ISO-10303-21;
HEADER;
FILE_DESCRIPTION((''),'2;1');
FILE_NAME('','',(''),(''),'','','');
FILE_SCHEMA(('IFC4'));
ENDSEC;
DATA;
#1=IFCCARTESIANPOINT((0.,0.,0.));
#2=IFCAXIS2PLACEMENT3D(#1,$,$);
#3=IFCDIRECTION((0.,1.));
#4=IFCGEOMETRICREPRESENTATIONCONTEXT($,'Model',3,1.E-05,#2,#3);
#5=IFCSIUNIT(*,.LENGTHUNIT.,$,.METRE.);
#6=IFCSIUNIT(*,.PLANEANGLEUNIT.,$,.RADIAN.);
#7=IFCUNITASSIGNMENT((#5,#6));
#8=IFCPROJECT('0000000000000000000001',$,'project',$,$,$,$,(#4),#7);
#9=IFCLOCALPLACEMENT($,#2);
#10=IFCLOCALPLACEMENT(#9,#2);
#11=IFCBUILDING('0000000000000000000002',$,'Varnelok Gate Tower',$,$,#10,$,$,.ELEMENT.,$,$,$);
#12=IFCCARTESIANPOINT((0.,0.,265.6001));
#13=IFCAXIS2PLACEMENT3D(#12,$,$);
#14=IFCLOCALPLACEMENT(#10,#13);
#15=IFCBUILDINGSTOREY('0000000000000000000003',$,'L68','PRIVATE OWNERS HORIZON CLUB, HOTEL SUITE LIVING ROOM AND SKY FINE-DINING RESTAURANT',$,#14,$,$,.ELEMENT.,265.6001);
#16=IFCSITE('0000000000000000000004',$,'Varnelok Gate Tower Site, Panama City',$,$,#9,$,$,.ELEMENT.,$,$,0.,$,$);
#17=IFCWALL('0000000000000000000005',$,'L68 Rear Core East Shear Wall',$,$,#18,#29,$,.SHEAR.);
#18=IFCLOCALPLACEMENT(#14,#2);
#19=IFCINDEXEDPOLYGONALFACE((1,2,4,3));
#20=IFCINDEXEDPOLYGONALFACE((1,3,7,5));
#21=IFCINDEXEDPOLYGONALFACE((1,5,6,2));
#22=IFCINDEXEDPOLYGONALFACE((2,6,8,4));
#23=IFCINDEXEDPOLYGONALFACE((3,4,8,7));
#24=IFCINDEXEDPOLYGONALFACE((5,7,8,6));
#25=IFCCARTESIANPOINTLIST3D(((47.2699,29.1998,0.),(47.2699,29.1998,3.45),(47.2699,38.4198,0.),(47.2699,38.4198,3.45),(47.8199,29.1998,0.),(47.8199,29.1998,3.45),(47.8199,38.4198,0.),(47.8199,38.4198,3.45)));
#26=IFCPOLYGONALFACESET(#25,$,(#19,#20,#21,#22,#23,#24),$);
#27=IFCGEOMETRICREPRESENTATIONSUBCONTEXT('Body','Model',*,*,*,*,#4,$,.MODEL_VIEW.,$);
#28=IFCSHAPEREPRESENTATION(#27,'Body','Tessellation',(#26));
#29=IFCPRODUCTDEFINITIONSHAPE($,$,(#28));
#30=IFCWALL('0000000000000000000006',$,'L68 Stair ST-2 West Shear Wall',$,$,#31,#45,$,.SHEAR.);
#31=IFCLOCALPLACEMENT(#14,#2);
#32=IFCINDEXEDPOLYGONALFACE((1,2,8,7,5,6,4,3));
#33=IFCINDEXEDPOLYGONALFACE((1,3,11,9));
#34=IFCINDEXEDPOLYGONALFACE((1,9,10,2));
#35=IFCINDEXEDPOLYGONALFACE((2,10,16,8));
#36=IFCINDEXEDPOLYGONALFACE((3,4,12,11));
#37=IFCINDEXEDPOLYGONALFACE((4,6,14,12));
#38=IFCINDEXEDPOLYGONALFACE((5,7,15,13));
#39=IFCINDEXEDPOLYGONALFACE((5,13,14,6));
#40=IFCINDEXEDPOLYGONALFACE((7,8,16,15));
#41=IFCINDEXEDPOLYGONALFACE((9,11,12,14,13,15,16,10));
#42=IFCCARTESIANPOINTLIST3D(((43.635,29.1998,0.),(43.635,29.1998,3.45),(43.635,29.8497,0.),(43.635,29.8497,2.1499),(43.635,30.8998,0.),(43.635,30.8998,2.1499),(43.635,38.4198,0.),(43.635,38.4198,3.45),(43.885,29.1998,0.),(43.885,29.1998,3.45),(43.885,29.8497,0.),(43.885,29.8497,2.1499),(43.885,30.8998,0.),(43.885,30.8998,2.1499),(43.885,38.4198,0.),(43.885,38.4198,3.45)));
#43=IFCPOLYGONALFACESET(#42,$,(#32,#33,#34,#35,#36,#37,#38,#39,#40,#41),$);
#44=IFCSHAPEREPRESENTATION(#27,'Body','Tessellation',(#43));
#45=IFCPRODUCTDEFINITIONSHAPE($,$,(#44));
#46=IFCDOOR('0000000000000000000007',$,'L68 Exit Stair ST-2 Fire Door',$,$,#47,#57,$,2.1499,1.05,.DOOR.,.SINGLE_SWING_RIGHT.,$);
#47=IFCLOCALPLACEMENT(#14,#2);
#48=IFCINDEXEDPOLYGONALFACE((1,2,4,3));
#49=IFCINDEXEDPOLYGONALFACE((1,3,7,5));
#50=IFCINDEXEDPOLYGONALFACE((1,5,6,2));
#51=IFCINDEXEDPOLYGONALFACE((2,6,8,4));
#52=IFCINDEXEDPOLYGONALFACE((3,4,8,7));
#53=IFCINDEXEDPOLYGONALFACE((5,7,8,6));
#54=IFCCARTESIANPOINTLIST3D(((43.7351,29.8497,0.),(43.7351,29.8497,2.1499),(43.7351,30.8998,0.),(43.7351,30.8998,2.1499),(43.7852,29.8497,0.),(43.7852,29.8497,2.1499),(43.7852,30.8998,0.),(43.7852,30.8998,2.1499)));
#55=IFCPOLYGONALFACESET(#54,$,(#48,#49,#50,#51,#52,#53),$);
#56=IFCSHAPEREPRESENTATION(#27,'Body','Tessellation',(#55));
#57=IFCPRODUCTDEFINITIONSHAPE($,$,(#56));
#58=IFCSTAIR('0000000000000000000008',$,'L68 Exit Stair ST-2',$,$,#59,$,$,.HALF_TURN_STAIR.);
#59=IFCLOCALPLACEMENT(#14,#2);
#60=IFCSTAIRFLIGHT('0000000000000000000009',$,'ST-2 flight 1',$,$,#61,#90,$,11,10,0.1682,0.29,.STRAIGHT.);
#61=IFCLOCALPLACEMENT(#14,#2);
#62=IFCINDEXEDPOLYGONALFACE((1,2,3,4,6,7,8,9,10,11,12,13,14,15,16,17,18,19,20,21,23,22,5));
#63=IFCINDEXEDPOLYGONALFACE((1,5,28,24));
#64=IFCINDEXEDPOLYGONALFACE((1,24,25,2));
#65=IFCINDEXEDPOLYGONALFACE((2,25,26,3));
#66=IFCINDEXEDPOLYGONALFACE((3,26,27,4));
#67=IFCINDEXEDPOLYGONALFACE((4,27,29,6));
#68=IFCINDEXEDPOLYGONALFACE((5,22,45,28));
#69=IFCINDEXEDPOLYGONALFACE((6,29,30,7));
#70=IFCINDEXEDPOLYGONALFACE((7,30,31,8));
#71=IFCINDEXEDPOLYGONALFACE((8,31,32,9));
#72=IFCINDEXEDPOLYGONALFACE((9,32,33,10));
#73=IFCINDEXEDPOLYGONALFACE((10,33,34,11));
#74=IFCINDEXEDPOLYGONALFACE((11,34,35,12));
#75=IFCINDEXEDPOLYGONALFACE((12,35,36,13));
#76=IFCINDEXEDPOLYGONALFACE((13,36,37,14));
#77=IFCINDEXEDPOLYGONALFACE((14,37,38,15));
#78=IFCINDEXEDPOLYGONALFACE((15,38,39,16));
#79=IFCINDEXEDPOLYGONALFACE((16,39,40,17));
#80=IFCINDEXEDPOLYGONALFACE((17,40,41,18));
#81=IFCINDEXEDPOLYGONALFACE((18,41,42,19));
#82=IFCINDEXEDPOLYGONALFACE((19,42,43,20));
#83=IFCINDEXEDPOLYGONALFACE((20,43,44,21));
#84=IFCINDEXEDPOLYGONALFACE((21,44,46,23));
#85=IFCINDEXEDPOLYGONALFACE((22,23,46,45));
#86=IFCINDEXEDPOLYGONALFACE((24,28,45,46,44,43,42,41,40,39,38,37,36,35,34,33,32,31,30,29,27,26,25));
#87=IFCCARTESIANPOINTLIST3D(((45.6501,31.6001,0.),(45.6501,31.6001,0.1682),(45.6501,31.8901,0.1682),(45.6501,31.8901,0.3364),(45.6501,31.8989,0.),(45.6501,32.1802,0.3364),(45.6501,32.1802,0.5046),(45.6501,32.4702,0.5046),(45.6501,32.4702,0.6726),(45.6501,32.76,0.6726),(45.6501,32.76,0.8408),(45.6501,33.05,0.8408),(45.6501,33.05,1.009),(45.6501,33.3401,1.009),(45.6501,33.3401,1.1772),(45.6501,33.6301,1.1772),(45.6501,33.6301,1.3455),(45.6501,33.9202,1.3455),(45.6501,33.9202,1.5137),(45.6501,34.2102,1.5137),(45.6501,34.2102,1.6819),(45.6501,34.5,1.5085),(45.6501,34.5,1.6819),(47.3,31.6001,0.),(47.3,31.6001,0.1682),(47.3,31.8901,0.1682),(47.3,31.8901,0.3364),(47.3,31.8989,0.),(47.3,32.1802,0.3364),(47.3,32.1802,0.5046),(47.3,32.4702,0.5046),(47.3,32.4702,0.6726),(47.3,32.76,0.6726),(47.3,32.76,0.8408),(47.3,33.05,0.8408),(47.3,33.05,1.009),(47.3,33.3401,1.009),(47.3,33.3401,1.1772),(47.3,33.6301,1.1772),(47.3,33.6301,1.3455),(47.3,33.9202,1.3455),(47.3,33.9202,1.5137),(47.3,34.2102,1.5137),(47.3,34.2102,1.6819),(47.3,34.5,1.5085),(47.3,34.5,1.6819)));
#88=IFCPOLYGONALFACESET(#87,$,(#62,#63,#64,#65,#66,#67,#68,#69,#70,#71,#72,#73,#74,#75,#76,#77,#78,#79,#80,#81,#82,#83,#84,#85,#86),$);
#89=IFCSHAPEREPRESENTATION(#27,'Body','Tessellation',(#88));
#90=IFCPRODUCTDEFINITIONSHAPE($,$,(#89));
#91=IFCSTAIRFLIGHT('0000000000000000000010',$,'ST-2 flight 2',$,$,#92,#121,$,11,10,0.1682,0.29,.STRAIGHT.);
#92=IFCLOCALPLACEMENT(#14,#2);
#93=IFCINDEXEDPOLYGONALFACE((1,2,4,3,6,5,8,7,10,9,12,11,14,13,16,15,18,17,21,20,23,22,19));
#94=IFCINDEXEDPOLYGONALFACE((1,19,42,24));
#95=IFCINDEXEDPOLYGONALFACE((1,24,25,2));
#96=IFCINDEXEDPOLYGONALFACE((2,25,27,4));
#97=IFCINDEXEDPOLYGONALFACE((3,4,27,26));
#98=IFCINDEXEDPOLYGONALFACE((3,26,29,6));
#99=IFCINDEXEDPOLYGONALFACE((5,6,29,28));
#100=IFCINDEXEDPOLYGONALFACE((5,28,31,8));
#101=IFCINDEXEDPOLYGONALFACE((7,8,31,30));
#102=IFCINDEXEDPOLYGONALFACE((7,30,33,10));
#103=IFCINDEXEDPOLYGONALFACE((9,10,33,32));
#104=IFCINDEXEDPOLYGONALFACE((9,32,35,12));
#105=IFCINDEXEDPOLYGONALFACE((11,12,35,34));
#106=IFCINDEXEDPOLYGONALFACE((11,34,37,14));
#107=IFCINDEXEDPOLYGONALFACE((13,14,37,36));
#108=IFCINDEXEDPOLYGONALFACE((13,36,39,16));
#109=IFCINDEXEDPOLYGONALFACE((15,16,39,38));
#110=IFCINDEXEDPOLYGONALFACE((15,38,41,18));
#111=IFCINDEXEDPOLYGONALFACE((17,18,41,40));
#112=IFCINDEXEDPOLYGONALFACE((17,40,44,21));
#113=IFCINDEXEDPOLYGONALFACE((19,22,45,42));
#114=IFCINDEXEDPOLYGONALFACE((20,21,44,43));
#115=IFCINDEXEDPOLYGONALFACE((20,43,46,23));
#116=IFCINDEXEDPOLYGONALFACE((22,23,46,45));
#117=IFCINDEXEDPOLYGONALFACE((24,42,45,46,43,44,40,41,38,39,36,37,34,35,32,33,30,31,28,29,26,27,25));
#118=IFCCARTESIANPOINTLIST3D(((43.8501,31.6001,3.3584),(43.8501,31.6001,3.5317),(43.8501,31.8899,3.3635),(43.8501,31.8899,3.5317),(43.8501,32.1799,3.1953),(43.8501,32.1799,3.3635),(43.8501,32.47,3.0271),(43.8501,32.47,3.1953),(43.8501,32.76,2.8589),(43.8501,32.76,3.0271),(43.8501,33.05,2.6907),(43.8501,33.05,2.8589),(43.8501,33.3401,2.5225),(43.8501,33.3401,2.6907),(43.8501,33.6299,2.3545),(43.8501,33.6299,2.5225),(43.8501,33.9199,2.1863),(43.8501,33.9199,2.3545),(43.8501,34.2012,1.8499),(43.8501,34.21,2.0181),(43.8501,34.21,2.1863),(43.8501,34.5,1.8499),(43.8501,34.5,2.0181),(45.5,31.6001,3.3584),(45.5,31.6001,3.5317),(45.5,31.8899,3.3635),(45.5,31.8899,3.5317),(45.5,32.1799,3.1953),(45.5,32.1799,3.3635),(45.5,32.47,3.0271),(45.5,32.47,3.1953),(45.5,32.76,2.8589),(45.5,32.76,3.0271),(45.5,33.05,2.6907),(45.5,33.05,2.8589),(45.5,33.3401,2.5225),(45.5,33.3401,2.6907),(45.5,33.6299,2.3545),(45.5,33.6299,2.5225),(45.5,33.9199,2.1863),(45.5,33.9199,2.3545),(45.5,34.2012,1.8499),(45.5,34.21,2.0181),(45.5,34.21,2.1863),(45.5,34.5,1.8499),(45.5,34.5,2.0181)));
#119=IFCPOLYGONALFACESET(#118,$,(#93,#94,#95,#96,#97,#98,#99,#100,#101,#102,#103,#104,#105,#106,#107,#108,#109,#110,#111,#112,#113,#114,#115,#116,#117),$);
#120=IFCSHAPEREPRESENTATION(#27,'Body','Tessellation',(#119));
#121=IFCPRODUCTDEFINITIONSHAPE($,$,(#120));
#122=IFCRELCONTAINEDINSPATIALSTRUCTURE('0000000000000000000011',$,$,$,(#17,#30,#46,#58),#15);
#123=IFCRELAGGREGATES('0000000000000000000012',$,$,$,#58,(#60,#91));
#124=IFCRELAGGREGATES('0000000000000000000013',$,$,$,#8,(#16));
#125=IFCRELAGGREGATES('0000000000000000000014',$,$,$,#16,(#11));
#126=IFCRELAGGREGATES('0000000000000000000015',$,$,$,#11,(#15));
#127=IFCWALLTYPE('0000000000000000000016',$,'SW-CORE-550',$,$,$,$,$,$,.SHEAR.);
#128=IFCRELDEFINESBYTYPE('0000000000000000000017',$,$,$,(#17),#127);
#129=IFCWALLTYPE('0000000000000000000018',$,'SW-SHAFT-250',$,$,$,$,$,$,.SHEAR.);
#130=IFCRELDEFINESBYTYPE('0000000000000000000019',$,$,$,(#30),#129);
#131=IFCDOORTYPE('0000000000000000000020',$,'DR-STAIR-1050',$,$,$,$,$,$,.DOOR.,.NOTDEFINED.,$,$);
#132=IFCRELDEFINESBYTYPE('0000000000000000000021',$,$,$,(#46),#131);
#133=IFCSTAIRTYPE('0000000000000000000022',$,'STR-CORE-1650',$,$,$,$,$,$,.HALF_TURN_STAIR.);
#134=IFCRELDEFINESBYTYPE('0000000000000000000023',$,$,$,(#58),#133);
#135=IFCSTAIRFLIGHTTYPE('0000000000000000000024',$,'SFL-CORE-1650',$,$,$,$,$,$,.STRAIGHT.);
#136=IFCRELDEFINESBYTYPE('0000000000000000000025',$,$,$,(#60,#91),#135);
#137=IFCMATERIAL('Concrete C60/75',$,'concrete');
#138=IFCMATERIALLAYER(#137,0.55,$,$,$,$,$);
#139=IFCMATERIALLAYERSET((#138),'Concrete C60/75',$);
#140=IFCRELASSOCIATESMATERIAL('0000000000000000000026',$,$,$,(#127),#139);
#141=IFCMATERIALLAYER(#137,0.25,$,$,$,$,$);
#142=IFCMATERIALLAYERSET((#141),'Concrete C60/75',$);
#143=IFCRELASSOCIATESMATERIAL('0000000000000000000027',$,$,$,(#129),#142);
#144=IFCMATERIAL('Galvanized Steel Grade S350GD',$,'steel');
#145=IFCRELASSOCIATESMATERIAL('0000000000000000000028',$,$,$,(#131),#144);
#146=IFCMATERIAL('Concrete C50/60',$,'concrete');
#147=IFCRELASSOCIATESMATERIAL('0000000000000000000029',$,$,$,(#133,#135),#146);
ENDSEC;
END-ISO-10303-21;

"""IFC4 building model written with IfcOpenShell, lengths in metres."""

from ifc_helpers import new_model, si_unit, direction, frame, frame_2d, origin, place, context, subcontext, project, spatial, polyline, rectangle, outline, extrude, material, layer, layer_set, type_object, element, fill, aggregate, save


model = new_model("IFC4")

# Units and contexts
model_context = context("Model", 3, precision=1e-05, world=origin(), true_north=direction((0.0, 1.0)))
body_context = subcontext(model_context, "Body", "Model", "MODEL_VIEW")
ifc_project = project(units=[si_unit("LENGTHUNIT", "METRE"), si_unit("PLANEANGLEUNIT", "RADIAN")], contexts=[model_context])

# Site, building, storey
site_placement = place(None, origin())
site = spatial("IfcSite", under=ifc_project, at=site_placement, Name="Varnelok Gate Tower Site, Panama City", CompositionType="ELEMENT", RefElevation=0.0)
building_placement = place(site_placement, origin())
building = spatial("IfcBuilding", under=site, at=building_placement, Name="Varnelok Gate Tower", CompositionType="ELEMENT")
storey_placement = place(building_placement, frame((0.0, 0.0, 265.6001)))
storey = spatial("IfcBuildingStorey", under=building, at=storey_placement, Name="L68", Description="PRIVATE OWNERS HORIZON CLUB, HOTEL SUITE LIVING ROOM AND SKY FINE-DINING RESTAURANT", CompositionType="ELEMENT", Elevation=265.6001)

# Shared definitions
ifc_material_1 = material(Name="Concrete C50/60", Category="concrete")

# Shared definitions
ifc_material_2 = material(Name="Galvanized Steel Grade S350GD", Category="steel")

# Wall
ifc_material_3 = material(Name="Concrete C60/75", Category="concrete")
ifc_layer_1 = layer(ifc_material_3, 0.55)
ifc_layer_set_1 = layer_set([ifc_layer_1], Name="Concrete C60/75")
wall_type_1 = type_object("IfcWallType", Name="SW-CORE-550", PredefinedType="SHEAR", material=ifc_layer_set_1)
wall_1_placement = place(storey_placement, frame((47.5449, 29.2, 0.0), z_axis=(0.0, 0.0, 1.0), x_axis=(0.0, 1.0, 0.0)))
element("IfcWall", 1, at=wall_1_placement, inside=storey, type_object=wall_type_1, Name="L68 Rear Core East Shear Wall", PredefinedType="SHEAR", context=body_context, shape_type="SweptSolid", body=[
    extrude(rectangle(XDim=9.22, YDim=0.55, at=frame_2d((4.6099, 0.0))), origin(), (0.0, 0.0, 1.0), 3.45),
])

# Wall, opening, door
ifc_layer_2 = layer(ifc_material_3, 0.25)
ifc_layer_set_2 = layer_set([ifc_layer_2], Name="Concrete C60/75")
wall_type_2 = type_object("IfcWallType", Name="SW-SHAFT-250", PredefinedType="SHEAR", material=ifc_layer_set_2)
wall_2_placement = place(storey_placement, frame((43.76, 29.2, 0.0), z_axis=(0.0, 0.0, 1.0), x_axis=(0.0, 1.0, 0.0)))
wall_2 = element("IfcWall", 2, at=wall_2_placement, inside=storey, type_object=wall_type_2, Name="L68 Stair ST-2 West Shear Wall", PredefinedType="SHEAR", context=body_context, shape_type="SweptSolid", body=[
    extrude(rectangle(XDim=9.22, YDim=0.25, at=frame_2d((4.6099, 0.0))), origin(), (0.0, 0.0, 1.0), 3.45),
])
opening_1_placement = place(wall_2_placement, frame((0.6499, 0.0, 0.0)))
opening_1 = element("IfcOpeningElement", 3, at=opening_1_placement, cuts=wall_2, PredefinedType="OPENING", context=body_context, shape_type="SweptSolid", body=[
    extrude(rectangle(XDim=1.05, YDim=2.1499, at=frame_2d((0.5249, 1.075))), frame((0.0, 0.135, 0.0), z_axis=(0.0, -1.0, 0.0), x_axis=(1.0, 0.0, 0.0)), (0.0, 0.0, 1.0), 0.27),
])
door_type_1 = type_object("IfcDoorType", Name="DR-STAIR-1050", OperationType="NOTDEFINED", PredefinedType="DOOR", material=ifc_material_2)
door_1_placement = place(opening_1_placement, origin())
door_1 = element("IfcDoor", 4, at=door_1_placement, inside=storey, type_object=door_type_1, Name="L68 Exit Stair ST-2 Fire Door", OperationType="SINGLE_SWING_RIGHT", OverallHeight=2.1499, OverallWidth=1.05, PredefinedType="DOOR", context=body_context, shape_type="SweptSolid", body=[
    extrude(rectangle(XDim=1.05, YDim=2.1499, at=frame_2d((0.5249, 1.075))), frame((0.0, 0.0249, 0.0), z_axis=(0.0, -1.0, 0.0), x_axis=(1.0, 0.0, 0.0)), (0.0, 0.0, 1.0), 0.05),
])
fill(opening_1, door_1)

# Stair, stair flights
stair_type = type_object("IfcStairType", Name="STR-CORE-1650", PredefinedType="HALF_TURN_STAIR", material=ifc_material_1)
stair_placement = place(storey_placement, origin())
stair = element("IfcStair", 5, at=stair_placement, inside=storey, type_object=stair_type, Name="L68 Exit Stair ST-2", PredefinedType="HALF_TURN_STAIR")
stair_flight_type = type_object("IfcStairFlightType", Name="SFL-CORE-1650", PredefinedType="STRAIGHT", material=ifc_material_1)
stair_flight_1_placement = place(storey_placement, frame((46.4751, 31.6001, 0.0), z_axis=(0.0, 0.0, 1.0), x_axis=(0.0, 1.0, 0.0)))
stair_flight_1 = element("IfcStairFlight", 6, at=stair_flight_1_placement, type_object=stair_flight_type, Name="ST-2 flight 1", NumberOfRisers=11, NumberOfTreads=10, PredefinedType="STRAIGHT", RiserHeight=0.1682, TreadLength=0.29, context=body_context, shape_type="SweptSolid", body=[
    extrude(outline(polyline([(0.0, 0.0), (0.0, 0.1682), (0.29, 0.1682), (0.29, 0.3364), (0.5801, 0.3364), (0.5801, 0.5046), (0.8701, 0.5046), (0.8701, 0.6726), (1.1599, 0.6726), (1.1599, 0.8408), (1.45, 0.8408), (1.45, 1.009), (1.74, 1.009), (1.74, 1.1772), (2.03, 1.1772), (2.03, 1.3455), (2.3201, 1.3455), (2.3201, 1.5137), (2.6101, 1.5137), (2.6101, 1.6819), (2.8999, 1.6819), (2.8999, 1.8501), (2.8999, 1.5085), (0.2988, 0.0), (0.0, 0.0)])), frame((0.0, 0.825, 0.0), z_axis=(0.0, -1.0, 0.0), x_axis=(1.0, 0.0, 0.0)), (0.0, 0.0, 1.0), 1.6499),
])
stair_flight_2_placement = place(storey_placement, frame((44.675, 34.5, 1.8499), z_axis=(0.0, 0.0, 1.0), x_axis=(0.0, -1.0, 0.0)))
stair_flight_2 = element("IfcStairFlight", 7, at=stair_flight_2_placement, type_object=stair_flight_type, Name="ST-2 flight 2", NumberOfRisers=11, NumberOfTreads=10, PredefinedType="STRAIGHT", RiserHeight=0.1682, TreadLength=0.29, context=body_context, shape_type="SweptSolid", body=[
    extrude(outline(polyline([(0.0, 0.0), (0.0, 0.1682), (0.29, 0.1682), (0.29, 0.3364), (0.5801, 0.3364), (0.5801, 0.5046), (0.8701, 0.5046), (0.8701, 0.6726), (1.1599, 0.6726), (1.1599, 0.8408), (1.45, 0.8408), (1.45, 1.009), (1.74, 1.009), (1.74, 1.1772), (2.03, 1.1772), (2.03, 1.3455), (2.3201, 1.3455), (2.3201, 1.5137), (2.6101, 1.5137), (2.6101, 1.6819), (2.8999, 1.6819), (2.8999, 1.8501), (2.8999, 1.5085), (0.2988, 0.0), (0.0, 0.0)])), frame((0.0, 0.825, 0.0), z_axis=(0.0, -1.0, 0.0), x_axis=(1.0, 0.0, 0.0)), (0.0, 0.0, 1.0), 1.6499),
])
aggregate(stair, [stair_flight_1, stair_flight_2])

save(model, "model.ifc")
